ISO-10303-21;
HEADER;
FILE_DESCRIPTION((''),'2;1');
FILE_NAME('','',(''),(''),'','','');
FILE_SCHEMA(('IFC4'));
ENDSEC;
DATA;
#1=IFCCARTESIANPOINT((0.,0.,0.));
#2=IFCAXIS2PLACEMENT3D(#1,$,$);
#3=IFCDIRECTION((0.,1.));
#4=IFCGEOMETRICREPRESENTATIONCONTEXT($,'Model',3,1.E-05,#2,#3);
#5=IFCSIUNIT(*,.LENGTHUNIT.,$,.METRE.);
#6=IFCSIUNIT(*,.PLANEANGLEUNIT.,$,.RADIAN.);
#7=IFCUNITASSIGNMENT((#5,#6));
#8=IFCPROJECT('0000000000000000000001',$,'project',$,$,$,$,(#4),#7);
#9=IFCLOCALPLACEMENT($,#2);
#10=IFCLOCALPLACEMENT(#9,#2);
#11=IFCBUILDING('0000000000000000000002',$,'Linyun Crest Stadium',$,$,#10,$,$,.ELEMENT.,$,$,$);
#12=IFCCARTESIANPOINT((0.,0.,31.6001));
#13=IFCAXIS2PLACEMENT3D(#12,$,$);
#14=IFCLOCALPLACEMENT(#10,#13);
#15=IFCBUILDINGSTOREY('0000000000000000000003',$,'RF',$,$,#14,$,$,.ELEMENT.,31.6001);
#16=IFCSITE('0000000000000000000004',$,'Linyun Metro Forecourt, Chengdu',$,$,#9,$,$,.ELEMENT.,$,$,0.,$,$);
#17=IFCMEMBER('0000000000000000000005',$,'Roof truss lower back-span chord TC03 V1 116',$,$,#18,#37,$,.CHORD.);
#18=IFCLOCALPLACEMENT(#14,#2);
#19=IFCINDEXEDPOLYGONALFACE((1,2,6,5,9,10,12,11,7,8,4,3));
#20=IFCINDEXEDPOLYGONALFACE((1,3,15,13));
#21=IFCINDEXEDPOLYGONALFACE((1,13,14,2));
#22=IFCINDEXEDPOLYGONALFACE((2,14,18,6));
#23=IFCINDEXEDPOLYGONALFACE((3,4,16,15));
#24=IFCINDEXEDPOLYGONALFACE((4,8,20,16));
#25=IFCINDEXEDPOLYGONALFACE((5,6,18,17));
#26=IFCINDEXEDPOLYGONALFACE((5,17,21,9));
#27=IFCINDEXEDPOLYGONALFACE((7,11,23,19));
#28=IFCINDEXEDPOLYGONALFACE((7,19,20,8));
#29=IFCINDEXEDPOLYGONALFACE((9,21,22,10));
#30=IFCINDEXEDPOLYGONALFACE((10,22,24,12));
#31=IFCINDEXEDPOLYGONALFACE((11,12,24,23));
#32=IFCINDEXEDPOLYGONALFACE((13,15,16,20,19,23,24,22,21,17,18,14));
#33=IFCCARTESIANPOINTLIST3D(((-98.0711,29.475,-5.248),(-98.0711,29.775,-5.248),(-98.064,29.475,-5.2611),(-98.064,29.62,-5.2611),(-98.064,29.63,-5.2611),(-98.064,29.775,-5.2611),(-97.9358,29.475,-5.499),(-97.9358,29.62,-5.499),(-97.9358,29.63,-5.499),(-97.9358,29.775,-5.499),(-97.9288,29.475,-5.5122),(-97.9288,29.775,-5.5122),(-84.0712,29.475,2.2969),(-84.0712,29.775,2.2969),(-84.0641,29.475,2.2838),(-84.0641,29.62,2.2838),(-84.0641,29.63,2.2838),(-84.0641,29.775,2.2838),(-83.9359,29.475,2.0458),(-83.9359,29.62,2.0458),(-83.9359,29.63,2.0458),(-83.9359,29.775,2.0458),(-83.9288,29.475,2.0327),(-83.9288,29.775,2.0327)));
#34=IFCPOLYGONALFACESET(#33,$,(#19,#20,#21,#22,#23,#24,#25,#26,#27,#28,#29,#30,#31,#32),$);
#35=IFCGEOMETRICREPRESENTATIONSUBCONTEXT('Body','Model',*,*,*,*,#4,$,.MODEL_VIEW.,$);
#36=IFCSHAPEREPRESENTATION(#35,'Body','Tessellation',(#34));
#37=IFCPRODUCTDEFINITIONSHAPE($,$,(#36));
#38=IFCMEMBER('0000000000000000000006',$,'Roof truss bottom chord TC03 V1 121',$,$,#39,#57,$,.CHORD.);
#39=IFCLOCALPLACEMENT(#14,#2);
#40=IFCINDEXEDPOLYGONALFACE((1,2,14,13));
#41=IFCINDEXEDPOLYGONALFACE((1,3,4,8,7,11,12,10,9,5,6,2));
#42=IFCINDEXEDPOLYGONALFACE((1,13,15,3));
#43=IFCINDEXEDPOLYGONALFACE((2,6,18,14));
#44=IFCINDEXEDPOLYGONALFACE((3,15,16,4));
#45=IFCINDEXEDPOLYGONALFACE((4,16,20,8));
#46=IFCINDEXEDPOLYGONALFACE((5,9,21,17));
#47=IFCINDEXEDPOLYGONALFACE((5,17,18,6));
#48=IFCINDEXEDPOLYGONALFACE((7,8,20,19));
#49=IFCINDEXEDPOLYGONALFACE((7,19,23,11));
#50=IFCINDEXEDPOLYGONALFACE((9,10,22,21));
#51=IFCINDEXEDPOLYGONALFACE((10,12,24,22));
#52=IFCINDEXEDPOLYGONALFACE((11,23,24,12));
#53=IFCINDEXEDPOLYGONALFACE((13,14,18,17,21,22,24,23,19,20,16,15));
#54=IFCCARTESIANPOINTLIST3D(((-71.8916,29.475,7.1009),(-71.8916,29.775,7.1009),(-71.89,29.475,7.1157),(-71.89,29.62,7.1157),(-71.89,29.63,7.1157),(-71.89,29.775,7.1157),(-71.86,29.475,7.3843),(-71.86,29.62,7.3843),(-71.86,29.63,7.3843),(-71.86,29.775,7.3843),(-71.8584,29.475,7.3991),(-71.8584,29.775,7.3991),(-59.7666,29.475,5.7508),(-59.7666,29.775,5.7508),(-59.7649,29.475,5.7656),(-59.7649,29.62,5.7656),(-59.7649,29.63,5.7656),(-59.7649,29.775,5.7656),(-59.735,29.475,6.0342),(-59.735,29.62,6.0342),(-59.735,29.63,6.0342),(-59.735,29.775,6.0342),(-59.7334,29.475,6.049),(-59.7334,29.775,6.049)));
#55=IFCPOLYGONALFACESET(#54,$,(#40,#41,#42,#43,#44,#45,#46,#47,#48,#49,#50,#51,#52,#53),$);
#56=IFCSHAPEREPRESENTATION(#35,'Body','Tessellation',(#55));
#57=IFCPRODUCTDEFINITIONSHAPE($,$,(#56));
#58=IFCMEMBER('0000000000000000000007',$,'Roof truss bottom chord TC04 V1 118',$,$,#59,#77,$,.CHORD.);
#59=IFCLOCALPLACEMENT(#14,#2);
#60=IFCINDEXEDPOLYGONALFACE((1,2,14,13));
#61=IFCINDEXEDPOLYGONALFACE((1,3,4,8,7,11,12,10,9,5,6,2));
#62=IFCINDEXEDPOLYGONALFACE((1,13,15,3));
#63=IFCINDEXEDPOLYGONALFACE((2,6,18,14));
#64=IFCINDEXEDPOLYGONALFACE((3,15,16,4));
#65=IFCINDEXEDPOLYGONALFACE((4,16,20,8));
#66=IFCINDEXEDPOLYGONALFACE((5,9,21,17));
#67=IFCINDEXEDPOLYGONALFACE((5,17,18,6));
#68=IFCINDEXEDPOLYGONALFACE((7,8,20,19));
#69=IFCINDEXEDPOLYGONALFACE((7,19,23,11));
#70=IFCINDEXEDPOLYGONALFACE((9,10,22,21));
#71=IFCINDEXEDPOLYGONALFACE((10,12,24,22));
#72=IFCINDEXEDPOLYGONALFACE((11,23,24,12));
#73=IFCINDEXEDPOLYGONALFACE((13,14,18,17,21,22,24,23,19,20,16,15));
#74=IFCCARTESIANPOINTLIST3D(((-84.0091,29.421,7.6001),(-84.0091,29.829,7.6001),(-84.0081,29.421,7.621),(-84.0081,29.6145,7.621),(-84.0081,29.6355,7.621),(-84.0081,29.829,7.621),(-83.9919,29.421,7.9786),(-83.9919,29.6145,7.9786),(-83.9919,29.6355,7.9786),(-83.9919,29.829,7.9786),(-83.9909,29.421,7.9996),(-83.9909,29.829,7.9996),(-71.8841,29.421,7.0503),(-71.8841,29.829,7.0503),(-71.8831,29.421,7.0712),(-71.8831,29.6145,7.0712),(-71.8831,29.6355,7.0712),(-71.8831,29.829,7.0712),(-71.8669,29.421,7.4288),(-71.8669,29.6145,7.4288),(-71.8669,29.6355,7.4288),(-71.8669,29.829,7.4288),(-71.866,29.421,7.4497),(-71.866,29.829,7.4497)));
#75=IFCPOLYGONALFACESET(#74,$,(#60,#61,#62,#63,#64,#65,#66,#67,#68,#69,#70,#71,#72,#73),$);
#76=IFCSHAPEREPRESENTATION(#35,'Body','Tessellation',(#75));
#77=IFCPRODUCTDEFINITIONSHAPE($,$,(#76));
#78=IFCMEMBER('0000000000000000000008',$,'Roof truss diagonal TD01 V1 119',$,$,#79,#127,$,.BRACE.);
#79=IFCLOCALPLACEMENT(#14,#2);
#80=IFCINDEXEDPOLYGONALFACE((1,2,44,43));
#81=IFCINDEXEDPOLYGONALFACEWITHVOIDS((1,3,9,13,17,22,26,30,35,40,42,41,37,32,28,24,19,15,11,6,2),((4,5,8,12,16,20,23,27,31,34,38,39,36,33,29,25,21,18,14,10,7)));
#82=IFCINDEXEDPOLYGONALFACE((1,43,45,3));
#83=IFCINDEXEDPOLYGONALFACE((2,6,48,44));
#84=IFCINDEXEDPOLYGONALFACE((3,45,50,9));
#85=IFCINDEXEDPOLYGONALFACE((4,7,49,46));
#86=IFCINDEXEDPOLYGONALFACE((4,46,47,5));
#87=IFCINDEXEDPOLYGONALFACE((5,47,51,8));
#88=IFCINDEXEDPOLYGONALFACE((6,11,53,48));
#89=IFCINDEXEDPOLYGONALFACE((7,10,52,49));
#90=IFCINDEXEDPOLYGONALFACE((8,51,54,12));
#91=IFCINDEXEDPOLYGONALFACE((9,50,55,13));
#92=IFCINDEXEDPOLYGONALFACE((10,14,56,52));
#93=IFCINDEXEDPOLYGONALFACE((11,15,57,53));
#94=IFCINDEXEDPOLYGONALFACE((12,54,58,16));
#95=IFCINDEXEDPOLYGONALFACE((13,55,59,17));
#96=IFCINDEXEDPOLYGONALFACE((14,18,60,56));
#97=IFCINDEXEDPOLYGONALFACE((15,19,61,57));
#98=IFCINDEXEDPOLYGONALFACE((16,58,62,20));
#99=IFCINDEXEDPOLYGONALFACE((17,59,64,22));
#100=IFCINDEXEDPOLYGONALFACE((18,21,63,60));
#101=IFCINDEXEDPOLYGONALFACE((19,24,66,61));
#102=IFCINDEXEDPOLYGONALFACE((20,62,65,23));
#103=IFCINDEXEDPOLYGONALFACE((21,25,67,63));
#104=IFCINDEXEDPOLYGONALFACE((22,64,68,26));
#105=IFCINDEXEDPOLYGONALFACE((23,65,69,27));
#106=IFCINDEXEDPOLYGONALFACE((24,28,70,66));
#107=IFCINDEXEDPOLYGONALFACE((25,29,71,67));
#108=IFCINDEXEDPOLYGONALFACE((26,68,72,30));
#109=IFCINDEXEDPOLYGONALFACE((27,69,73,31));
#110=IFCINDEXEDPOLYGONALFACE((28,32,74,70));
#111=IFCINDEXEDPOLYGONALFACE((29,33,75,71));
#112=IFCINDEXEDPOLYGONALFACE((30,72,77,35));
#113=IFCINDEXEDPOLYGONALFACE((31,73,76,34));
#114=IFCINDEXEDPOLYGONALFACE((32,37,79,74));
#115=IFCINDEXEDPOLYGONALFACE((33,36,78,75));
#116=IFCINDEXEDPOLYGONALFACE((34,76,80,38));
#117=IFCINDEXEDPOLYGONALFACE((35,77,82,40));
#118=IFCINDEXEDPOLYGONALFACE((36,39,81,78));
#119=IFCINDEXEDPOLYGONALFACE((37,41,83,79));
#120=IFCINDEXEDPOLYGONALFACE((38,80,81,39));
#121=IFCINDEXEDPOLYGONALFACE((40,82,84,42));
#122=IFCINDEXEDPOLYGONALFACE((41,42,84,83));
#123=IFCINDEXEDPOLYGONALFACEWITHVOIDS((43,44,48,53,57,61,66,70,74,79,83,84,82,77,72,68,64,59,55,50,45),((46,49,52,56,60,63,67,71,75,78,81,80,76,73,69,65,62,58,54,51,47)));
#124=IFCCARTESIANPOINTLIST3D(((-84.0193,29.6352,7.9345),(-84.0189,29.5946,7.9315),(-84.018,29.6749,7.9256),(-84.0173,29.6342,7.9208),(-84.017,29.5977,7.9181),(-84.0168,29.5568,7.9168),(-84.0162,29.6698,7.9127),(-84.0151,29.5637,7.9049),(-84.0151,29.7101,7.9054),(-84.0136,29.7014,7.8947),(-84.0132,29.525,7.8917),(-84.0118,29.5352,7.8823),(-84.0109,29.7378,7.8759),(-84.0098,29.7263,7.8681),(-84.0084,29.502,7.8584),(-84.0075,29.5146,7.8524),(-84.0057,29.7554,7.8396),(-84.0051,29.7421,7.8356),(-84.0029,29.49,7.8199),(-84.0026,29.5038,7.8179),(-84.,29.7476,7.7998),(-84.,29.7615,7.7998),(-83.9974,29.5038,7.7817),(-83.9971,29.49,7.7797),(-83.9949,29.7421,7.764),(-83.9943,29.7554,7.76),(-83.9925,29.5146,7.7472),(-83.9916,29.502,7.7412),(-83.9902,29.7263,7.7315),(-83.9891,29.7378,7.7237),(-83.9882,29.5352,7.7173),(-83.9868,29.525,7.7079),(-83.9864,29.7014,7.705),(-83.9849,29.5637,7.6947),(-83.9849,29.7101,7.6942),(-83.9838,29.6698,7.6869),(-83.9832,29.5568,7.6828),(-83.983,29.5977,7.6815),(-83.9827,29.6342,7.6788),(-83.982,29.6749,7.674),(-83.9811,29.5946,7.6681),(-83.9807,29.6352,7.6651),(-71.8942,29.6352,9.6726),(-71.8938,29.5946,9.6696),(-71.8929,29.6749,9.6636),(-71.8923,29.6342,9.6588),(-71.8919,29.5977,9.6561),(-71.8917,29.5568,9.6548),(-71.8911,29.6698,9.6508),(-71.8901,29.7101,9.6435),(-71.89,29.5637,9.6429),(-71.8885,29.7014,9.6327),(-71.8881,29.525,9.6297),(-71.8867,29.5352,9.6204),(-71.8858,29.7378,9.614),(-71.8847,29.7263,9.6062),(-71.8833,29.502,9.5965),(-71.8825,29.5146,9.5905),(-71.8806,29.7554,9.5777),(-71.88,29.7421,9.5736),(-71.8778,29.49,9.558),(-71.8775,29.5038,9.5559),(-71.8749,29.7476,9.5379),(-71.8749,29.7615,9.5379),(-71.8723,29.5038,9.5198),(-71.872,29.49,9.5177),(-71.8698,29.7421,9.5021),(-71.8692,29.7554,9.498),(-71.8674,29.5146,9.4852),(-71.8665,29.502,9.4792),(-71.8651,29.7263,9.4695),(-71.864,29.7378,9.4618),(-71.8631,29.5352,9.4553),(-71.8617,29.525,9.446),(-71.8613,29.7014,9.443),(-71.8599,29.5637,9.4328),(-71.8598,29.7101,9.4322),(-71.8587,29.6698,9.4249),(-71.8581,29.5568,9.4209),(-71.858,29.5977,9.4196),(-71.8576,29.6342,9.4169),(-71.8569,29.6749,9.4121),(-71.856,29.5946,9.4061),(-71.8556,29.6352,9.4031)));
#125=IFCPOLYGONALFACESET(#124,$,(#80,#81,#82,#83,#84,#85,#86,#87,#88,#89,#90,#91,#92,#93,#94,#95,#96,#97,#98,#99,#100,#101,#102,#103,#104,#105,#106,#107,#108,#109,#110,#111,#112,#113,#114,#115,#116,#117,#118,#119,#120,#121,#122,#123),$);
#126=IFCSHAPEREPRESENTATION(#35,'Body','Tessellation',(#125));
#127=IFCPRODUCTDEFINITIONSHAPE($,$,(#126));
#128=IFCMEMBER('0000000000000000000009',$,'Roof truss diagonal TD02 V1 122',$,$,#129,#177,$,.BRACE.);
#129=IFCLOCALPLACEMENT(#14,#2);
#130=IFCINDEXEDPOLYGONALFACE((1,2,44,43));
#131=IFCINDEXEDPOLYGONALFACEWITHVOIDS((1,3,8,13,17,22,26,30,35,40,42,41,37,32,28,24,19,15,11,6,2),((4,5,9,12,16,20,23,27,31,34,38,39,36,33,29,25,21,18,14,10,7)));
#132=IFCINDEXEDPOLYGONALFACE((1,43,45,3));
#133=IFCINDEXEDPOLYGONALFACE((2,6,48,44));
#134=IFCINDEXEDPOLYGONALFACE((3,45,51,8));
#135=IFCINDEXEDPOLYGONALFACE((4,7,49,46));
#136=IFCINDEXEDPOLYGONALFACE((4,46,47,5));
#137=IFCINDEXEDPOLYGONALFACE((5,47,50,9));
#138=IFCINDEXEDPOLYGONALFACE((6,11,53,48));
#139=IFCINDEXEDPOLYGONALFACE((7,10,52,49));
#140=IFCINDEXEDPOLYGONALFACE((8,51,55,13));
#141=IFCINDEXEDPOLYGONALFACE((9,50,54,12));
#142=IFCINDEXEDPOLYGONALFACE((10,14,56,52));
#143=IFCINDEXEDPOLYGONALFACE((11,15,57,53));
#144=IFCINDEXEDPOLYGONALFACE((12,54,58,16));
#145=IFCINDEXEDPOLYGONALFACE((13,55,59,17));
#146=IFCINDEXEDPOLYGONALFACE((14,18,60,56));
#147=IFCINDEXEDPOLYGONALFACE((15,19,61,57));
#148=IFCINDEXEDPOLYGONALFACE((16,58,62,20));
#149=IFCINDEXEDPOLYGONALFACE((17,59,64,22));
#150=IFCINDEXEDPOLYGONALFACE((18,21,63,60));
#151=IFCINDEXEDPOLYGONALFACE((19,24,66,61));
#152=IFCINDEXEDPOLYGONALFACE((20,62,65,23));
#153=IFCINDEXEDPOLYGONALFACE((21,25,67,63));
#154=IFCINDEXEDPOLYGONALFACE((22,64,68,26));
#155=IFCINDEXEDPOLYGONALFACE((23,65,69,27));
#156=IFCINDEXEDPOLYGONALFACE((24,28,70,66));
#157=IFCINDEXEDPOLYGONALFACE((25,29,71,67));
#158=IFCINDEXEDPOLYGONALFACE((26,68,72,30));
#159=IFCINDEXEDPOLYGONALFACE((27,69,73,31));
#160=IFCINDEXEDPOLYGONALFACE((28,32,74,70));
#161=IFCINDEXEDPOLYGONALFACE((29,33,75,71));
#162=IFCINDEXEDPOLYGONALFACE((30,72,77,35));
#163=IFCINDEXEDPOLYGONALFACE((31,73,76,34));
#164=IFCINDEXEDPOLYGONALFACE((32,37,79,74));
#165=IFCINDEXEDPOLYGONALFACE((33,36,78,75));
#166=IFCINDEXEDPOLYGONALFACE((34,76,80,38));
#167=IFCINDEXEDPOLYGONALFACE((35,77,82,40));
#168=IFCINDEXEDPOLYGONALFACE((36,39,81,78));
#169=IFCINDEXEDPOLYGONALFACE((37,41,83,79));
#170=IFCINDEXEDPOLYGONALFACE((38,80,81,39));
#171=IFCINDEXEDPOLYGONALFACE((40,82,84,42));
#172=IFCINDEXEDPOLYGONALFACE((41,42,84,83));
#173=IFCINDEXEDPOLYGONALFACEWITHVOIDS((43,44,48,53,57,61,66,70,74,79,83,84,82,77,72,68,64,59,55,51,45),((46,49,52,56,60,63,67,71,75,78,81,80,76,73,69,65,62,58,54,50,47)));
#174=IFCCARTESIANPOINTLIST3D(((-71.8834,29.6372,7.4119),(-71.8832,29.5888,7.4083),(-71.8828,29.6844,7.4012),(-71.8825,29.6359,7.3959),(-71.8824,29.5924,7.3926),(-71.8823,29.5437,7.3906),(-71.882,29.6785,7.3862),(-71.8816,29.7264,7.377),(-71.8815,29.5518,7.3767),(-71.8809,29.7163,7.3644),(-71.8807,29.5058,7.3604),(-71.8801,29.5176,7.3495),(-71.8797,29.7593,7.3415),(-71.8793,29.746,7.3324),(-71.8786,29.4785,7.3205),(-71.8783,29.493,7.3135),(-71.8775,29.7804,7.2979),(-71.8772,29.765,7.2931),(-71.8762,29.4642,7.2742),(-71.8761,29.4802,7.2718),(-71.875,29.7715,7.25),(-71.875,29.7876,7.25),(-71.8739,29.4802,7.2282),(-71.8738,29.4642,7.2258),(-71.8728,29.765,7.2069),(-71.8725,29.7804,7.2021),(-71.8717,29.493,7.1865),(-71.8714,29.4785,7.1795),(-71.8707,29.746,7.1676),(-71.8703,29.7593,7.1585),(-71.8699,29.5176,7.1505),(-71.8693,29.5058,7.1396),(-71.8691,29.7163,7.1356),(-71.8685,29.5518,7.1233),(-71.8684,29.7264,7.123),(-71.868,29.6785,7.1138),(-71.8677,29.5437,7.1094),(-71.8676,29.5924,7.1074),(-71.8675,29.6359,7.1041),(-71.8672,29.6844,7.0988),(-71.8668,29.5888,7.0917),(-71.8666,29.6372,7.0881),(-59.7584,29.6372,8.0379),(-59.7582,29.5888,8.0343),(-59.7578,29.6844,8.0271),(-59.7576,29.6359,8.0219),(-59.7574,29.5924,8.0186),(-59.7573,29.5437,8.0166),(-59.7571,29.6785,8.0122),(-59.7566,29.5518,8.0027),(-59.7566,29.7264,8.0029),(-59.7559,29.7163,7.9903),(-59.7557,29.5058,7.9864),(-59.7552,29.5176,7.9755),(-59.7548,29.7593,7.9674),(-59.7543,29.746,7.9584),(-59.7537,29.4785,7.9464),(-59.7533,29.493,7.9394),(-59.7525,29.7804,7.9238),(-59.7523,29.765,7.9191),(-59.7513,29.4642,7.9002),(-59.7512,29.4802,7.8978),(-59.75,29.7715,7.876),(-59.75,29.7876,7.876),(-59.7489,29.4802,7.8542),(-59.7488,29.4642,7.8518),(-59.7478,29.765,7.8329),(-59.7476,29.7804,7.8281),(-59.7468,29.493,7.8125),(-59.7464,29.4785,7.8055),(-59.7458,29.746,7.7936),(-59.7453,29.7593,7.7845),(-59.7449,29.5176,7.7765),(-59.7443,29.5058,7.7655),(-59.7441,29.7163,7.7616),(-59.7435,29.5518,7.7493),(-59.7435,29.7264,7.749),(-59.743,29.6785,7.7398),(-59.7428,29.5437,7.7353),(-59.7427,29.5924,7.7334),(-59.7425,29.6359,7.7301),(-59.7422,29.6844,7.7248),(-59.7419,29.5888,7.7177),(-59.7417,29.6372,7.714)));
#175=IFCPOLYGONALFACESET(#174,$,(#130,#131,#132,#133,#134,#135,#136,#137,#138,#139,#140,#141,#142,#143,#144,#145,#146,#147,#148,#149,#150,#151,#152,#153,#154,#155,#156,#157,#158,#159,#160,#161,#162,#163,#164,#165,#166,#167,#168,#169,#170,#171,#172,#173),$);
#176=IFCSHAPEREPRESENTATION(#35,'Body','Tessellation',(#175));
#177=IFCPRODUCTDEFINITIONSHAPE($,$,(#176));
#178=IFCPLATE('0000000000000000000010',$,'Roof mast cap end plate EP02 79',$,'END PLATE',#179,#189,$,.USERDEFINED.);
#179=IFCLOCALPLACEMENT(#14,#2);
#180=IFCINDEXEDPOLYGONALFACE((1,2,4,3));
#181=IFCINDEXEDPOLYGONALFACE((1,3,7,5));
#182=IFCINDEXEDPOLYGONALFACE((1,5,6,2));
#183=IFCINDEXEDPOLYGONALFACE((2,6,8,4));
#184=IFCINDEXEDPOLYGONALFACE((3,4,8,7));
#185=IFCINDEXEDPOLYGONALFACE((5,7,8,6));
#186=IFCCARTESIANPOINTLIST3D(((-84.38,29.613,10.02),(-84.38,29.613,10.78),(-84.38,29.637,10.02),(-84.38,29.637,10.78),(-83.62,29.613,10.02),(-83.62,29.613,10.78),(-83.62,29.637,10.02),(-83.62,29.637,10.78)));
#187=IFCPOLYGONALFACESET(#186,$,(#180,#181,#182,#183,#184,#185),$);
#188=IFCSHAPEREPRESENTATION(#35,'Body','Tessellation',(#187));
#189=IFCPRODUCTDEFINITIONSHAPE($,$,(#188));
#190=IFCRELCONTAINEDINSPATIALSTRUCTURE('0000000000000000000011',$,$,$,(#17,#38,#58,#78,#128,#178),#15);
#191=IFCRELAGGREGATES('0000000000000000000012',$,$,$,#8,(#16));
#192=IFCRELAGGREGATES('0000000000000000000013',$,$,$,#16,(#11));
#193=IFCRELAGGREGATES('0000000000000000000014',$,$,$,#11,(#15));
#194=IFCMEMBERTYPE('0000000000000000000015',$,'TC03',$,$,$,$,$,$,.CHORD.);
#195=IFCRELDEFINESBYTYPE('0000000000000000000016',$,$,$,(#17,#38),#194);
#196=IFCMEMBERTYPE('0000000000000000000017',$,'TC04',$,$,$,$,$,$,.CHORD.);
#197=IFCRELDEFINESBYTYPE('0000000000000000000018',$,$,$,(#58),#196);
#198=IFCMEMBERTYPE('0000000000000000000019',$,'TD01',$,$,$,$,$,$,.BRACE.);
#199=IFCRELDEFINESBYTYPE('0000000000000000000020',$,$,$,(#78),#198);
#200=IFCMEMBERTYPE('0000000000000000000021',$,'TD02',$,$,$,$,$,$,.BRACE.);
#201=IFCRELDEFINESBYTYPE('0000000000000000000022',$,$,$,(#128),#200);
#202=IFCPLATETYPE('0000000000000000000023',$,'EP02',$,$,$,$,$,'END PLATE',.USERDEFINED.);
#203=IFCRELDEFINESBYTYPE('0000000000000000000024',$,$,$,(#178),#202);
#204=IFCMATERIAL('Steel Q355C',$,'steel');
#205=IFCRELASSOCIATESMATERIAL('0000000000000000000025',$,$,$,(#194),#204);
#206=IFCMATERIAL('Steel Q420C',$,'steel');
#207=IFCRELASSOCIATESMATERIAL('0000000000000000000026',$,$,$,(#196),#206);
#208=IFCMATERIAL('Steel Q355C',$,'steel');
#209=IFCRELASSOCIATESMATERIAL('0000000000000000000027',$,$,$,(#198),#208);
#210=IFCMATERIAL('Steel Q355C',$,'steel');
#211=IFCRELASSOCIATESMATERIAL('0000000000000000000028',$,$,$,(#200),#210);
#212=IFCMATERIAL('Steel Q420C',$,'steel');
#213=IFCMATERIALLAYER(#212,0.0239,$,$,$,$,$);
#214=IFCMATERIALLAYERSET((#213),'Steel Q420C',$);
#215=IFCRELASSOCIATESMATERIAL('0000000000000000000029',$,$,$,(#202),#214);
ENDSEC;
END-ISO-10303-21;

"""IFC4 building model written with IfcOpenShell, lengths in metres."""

from ifc_helpers import new_model, si_unit, direction, frame, origin, origin_2d, place, context, subcontext, project, spatial, rectangle, hollow_circle, i_section, extrude, material, layer, layer_set, material_profile, profile_set, type_object, element, save


model = new_model("IFC4")

# Units and contexts
model_context = context("Model", 3, precision=1e-05, world=origin(), true_north=direction((0.0, 1.0)))
body_context = subcontext(model_context, "Body", "Model", "MODEL_VIEW")
ifc_project = project(units=[si_unit("LENGTHUNIT", "METRE"), si_unit("PLANEANGLEUNIT", "RADIAN")], contexts=[model_context])

# Site, building, storey
site_placement = place(None, origin())
site = spatial("IfcSite", under=ifc_project, at=site_placement, Name="Linyun Metro Forecourt, Chengdu", CompositionType="ELEMENT", RefElevation=0.0)
building_placement = place(site_placement, origin())
building = spatial("IfcBuilding", under=site, at=building_placement, Name="Linyun Crest Stadium", CompositionType="ELEMENT")
storey_placement = place(building_placement, frame((0.0, 0.0, 31.6001)))
storey = spatial("IfcBuildingStorey", under=building, at=storey_placement, Name="RF", CompositionType="ELEMENT", Elevation=31.6001)

# Members
ifc_material_1 = material(Name="Steel Q355C", Category="steel")
ifc_material_profile_1 = material_profile(ifc_material_1, i_section(OverallWidth=0.3, OverallDepth=0.3, WebThickness=0.01, FlangeThickness=0.0149, at=origin_2d()), Name="HW 300x300")
ifc_profile_set_1 = profile_set([ifc_material_profile_1], Name="Steel Q355C")
member_type_1 = type_object("IfcMemberType", Name="TC03", PredefinedType="CHORD", material=ifc_profile_set_1)
member_1_placement = place(storey_placement, frame((-84.0, 29.625, 2.1648), z_axis=(-0.880301, 0.0, -0.474415), x_axis=(0.0, -1.0, 0.0)))
element("IfcMember", 1, at=member_1_placement, inside=storey, type_object=member_type_1, Name="Roof truss lower back-span chord TC03 V1 116", PredefinedType="CHORD", context=body_context, shape_type="SweptSolid", body=[
    extrude(i_section(OverallWidth=0.3, OverallDepth=0.3, WebThickness=0.01, FlangeThickness=0.0149, at=origin_2d()), origin(), (0.0, 0.0, 1.0), 15.9036),
])
member_2_placement = place(storey_placement, frame((-71.875, 29.625, 7.25), z_axis=(0.993858, 0.0, -0.110664), x_axis=(0.0, 1.0, 0.0)))
element("IfcMember", 2, at=member_2_placement, inside=storey, type_object=member_type_1, Name="Roof truss bottom chord TC03 V1 121", PredefinedType="CHORD", context=body_context, shape_type="SweptSolid", body=[
    extrude(i_section(OverallWidth=0.3, OverallDepth=0.3, WebThickness=0.01, FlangeThickness=0.0149, at=origin_2d()), origin(), (0.0, 0.0, 1.0), 12.2),
])
ifc_material_2 = material(Name="Steel Q420C", Category="steel")
ifc_material_profile_2 = material_profile(ifc_material_2, i_section(OverallWidth=0.408, OverallDepth=0.3999, WebThickness=0.021, FlangeThickness=0.021, at=origin_2d()), Name="HW 400x408")
ifc_profile_set_2 = profile_set([ifc_material_profile_2], Name="Steel Q420C")
member_type_2 = type_object("IfcMemberType", Name="TC04", PredefinedType="CHORD", material=ifc_profile_set_2)
member_3_placement = place(storey_placement, frame((-84.0, 29.625, 7.7998), z_axis=(0.998974, 0.0, -0.045298), x_axis=(0.0, 1.0, 0.0)))
element("IfcMember", 3, at=member_3_placement, inside=storey, type_object=member_type_2, Name="Roof truss bottom chord TC04 V1 118", PredefinedType="CHORD", context=body_context, shape_type="SweptSolid", body=[
    extrude(i_section(OverallWidth=0.408, OverallDepth=0.3999, WebThickness=0.021, FlangeThickness=0.021, at=origin_2d()), origin(), (0.0, 0.0, 1.0), 12.1375),
])
ifc_material_3 = material(Name="Steel Q355C", Category="steel")
ifc_material_profile_3 = material_profile(ifc_material_3, hollow_circle(Radius=0.1365, WallThickness=0.0139, at=origin_2d()), Name="CHS 273x14")
ifc_profile_set_3 = profile_set([ifc_material_profile_3], Name="Steel Q355C")
member_type_3 = type_object("IfcMemberType", Name="TD01", PredefinedType="BRACE", material=ifc_profile_set_3)
member_4_placement = place(storey_placement, frame((-84.0, 29.625, 7.7998), z_axis=(0.989882, 0.0, 0.141893), x_axis=(0.0, 1.0, 0.0)))
element("IfcMember", 4, at=member_4_placement, inside=storey, type_object=member_type_3, Name="Roof truss diagonal TD01 V1 119", PredefinedType="BRACE", context=body_context, shape_type="SweptSolid", body=[
    extrude(hollow_circle(Radius=0.1365, WallThickness=0.0139, at=origin_2d()), origin(), (0.0, 0.0, 1.0), 12.249),
])
ifc_material_4 = material(Name="Steel Q355C", Category="steel")
ifc_material_profile_4 = material_profile(ifc_material_4, hollow_circle(Radius=0.1626, WallThickness=0.0161, at=origin_2d()), Name="CHS 325x16")
ifc_profile_set_4 = profile_set([ifc_material_profile_4], Name="Steel Q355C")
member_type_4 = type_object("IfcMemberType", Name="TD02", PredefinedType="BRACE", material=ifc_profile_set_4)
member_5_placement = place(storey_placement, frame((-71.875, 29.625, 7.25), z_axis=(0.99867, 0.0, 0.051558), x_axis=(0.0, 1.0, 0.0)))
element("IfcMember", 5, at=member_5_placement, inside=storey, type_object=member_type_4, Name="Roof truss diagonal TD02 V1 122", PredefinedType="BRACE", context=body_context, shape_type="SweptSolid", body=[
    extrude(hollow_circle(Radius=0.1626, WallThickness=0.0161, at=origin_2d()), origin(), (0.0, 0.0, 1.0), 12.1411),
])

# Plate
ifc_material_5 = material(Name="Steel Q420C", Category="steel")
ifc_layer_1 = layer(ifc_material_5, 0.0239)
ifc_layer_set_1 = layer_set([ifc_layer_1], Name="Steel Q420C")
plate_type_1 = type_object("IfcPlateType", Name="EP02", ElementType="END PLATE", PredefinedType="USERDEFINED", material=ifc_layer_set_1)
plate_1_placement = place(storey_placement, frame((-84.0, 29.625, 10.02), z_axis=(0.0, 0.0, 1.0), x_axis=(1.0, 0.0, 0.0)))
element("IfcPlate", 6, at=plate_1_placement, inside=storey, type_object=plate_type_1, Name="Roof mast cap end plate EP02 79", ObjectType="END PLATE", PredefinedType="USERDEFINED", context=body_context, shape_type="SweptSolid", body=[
    extrude(rectangle(XDim=0.76, YDim=0.0239, at=origin_2d()), origin(), (0.0, 0.0, 1.0), 0.76),
])

save(model, "model.ifc")
